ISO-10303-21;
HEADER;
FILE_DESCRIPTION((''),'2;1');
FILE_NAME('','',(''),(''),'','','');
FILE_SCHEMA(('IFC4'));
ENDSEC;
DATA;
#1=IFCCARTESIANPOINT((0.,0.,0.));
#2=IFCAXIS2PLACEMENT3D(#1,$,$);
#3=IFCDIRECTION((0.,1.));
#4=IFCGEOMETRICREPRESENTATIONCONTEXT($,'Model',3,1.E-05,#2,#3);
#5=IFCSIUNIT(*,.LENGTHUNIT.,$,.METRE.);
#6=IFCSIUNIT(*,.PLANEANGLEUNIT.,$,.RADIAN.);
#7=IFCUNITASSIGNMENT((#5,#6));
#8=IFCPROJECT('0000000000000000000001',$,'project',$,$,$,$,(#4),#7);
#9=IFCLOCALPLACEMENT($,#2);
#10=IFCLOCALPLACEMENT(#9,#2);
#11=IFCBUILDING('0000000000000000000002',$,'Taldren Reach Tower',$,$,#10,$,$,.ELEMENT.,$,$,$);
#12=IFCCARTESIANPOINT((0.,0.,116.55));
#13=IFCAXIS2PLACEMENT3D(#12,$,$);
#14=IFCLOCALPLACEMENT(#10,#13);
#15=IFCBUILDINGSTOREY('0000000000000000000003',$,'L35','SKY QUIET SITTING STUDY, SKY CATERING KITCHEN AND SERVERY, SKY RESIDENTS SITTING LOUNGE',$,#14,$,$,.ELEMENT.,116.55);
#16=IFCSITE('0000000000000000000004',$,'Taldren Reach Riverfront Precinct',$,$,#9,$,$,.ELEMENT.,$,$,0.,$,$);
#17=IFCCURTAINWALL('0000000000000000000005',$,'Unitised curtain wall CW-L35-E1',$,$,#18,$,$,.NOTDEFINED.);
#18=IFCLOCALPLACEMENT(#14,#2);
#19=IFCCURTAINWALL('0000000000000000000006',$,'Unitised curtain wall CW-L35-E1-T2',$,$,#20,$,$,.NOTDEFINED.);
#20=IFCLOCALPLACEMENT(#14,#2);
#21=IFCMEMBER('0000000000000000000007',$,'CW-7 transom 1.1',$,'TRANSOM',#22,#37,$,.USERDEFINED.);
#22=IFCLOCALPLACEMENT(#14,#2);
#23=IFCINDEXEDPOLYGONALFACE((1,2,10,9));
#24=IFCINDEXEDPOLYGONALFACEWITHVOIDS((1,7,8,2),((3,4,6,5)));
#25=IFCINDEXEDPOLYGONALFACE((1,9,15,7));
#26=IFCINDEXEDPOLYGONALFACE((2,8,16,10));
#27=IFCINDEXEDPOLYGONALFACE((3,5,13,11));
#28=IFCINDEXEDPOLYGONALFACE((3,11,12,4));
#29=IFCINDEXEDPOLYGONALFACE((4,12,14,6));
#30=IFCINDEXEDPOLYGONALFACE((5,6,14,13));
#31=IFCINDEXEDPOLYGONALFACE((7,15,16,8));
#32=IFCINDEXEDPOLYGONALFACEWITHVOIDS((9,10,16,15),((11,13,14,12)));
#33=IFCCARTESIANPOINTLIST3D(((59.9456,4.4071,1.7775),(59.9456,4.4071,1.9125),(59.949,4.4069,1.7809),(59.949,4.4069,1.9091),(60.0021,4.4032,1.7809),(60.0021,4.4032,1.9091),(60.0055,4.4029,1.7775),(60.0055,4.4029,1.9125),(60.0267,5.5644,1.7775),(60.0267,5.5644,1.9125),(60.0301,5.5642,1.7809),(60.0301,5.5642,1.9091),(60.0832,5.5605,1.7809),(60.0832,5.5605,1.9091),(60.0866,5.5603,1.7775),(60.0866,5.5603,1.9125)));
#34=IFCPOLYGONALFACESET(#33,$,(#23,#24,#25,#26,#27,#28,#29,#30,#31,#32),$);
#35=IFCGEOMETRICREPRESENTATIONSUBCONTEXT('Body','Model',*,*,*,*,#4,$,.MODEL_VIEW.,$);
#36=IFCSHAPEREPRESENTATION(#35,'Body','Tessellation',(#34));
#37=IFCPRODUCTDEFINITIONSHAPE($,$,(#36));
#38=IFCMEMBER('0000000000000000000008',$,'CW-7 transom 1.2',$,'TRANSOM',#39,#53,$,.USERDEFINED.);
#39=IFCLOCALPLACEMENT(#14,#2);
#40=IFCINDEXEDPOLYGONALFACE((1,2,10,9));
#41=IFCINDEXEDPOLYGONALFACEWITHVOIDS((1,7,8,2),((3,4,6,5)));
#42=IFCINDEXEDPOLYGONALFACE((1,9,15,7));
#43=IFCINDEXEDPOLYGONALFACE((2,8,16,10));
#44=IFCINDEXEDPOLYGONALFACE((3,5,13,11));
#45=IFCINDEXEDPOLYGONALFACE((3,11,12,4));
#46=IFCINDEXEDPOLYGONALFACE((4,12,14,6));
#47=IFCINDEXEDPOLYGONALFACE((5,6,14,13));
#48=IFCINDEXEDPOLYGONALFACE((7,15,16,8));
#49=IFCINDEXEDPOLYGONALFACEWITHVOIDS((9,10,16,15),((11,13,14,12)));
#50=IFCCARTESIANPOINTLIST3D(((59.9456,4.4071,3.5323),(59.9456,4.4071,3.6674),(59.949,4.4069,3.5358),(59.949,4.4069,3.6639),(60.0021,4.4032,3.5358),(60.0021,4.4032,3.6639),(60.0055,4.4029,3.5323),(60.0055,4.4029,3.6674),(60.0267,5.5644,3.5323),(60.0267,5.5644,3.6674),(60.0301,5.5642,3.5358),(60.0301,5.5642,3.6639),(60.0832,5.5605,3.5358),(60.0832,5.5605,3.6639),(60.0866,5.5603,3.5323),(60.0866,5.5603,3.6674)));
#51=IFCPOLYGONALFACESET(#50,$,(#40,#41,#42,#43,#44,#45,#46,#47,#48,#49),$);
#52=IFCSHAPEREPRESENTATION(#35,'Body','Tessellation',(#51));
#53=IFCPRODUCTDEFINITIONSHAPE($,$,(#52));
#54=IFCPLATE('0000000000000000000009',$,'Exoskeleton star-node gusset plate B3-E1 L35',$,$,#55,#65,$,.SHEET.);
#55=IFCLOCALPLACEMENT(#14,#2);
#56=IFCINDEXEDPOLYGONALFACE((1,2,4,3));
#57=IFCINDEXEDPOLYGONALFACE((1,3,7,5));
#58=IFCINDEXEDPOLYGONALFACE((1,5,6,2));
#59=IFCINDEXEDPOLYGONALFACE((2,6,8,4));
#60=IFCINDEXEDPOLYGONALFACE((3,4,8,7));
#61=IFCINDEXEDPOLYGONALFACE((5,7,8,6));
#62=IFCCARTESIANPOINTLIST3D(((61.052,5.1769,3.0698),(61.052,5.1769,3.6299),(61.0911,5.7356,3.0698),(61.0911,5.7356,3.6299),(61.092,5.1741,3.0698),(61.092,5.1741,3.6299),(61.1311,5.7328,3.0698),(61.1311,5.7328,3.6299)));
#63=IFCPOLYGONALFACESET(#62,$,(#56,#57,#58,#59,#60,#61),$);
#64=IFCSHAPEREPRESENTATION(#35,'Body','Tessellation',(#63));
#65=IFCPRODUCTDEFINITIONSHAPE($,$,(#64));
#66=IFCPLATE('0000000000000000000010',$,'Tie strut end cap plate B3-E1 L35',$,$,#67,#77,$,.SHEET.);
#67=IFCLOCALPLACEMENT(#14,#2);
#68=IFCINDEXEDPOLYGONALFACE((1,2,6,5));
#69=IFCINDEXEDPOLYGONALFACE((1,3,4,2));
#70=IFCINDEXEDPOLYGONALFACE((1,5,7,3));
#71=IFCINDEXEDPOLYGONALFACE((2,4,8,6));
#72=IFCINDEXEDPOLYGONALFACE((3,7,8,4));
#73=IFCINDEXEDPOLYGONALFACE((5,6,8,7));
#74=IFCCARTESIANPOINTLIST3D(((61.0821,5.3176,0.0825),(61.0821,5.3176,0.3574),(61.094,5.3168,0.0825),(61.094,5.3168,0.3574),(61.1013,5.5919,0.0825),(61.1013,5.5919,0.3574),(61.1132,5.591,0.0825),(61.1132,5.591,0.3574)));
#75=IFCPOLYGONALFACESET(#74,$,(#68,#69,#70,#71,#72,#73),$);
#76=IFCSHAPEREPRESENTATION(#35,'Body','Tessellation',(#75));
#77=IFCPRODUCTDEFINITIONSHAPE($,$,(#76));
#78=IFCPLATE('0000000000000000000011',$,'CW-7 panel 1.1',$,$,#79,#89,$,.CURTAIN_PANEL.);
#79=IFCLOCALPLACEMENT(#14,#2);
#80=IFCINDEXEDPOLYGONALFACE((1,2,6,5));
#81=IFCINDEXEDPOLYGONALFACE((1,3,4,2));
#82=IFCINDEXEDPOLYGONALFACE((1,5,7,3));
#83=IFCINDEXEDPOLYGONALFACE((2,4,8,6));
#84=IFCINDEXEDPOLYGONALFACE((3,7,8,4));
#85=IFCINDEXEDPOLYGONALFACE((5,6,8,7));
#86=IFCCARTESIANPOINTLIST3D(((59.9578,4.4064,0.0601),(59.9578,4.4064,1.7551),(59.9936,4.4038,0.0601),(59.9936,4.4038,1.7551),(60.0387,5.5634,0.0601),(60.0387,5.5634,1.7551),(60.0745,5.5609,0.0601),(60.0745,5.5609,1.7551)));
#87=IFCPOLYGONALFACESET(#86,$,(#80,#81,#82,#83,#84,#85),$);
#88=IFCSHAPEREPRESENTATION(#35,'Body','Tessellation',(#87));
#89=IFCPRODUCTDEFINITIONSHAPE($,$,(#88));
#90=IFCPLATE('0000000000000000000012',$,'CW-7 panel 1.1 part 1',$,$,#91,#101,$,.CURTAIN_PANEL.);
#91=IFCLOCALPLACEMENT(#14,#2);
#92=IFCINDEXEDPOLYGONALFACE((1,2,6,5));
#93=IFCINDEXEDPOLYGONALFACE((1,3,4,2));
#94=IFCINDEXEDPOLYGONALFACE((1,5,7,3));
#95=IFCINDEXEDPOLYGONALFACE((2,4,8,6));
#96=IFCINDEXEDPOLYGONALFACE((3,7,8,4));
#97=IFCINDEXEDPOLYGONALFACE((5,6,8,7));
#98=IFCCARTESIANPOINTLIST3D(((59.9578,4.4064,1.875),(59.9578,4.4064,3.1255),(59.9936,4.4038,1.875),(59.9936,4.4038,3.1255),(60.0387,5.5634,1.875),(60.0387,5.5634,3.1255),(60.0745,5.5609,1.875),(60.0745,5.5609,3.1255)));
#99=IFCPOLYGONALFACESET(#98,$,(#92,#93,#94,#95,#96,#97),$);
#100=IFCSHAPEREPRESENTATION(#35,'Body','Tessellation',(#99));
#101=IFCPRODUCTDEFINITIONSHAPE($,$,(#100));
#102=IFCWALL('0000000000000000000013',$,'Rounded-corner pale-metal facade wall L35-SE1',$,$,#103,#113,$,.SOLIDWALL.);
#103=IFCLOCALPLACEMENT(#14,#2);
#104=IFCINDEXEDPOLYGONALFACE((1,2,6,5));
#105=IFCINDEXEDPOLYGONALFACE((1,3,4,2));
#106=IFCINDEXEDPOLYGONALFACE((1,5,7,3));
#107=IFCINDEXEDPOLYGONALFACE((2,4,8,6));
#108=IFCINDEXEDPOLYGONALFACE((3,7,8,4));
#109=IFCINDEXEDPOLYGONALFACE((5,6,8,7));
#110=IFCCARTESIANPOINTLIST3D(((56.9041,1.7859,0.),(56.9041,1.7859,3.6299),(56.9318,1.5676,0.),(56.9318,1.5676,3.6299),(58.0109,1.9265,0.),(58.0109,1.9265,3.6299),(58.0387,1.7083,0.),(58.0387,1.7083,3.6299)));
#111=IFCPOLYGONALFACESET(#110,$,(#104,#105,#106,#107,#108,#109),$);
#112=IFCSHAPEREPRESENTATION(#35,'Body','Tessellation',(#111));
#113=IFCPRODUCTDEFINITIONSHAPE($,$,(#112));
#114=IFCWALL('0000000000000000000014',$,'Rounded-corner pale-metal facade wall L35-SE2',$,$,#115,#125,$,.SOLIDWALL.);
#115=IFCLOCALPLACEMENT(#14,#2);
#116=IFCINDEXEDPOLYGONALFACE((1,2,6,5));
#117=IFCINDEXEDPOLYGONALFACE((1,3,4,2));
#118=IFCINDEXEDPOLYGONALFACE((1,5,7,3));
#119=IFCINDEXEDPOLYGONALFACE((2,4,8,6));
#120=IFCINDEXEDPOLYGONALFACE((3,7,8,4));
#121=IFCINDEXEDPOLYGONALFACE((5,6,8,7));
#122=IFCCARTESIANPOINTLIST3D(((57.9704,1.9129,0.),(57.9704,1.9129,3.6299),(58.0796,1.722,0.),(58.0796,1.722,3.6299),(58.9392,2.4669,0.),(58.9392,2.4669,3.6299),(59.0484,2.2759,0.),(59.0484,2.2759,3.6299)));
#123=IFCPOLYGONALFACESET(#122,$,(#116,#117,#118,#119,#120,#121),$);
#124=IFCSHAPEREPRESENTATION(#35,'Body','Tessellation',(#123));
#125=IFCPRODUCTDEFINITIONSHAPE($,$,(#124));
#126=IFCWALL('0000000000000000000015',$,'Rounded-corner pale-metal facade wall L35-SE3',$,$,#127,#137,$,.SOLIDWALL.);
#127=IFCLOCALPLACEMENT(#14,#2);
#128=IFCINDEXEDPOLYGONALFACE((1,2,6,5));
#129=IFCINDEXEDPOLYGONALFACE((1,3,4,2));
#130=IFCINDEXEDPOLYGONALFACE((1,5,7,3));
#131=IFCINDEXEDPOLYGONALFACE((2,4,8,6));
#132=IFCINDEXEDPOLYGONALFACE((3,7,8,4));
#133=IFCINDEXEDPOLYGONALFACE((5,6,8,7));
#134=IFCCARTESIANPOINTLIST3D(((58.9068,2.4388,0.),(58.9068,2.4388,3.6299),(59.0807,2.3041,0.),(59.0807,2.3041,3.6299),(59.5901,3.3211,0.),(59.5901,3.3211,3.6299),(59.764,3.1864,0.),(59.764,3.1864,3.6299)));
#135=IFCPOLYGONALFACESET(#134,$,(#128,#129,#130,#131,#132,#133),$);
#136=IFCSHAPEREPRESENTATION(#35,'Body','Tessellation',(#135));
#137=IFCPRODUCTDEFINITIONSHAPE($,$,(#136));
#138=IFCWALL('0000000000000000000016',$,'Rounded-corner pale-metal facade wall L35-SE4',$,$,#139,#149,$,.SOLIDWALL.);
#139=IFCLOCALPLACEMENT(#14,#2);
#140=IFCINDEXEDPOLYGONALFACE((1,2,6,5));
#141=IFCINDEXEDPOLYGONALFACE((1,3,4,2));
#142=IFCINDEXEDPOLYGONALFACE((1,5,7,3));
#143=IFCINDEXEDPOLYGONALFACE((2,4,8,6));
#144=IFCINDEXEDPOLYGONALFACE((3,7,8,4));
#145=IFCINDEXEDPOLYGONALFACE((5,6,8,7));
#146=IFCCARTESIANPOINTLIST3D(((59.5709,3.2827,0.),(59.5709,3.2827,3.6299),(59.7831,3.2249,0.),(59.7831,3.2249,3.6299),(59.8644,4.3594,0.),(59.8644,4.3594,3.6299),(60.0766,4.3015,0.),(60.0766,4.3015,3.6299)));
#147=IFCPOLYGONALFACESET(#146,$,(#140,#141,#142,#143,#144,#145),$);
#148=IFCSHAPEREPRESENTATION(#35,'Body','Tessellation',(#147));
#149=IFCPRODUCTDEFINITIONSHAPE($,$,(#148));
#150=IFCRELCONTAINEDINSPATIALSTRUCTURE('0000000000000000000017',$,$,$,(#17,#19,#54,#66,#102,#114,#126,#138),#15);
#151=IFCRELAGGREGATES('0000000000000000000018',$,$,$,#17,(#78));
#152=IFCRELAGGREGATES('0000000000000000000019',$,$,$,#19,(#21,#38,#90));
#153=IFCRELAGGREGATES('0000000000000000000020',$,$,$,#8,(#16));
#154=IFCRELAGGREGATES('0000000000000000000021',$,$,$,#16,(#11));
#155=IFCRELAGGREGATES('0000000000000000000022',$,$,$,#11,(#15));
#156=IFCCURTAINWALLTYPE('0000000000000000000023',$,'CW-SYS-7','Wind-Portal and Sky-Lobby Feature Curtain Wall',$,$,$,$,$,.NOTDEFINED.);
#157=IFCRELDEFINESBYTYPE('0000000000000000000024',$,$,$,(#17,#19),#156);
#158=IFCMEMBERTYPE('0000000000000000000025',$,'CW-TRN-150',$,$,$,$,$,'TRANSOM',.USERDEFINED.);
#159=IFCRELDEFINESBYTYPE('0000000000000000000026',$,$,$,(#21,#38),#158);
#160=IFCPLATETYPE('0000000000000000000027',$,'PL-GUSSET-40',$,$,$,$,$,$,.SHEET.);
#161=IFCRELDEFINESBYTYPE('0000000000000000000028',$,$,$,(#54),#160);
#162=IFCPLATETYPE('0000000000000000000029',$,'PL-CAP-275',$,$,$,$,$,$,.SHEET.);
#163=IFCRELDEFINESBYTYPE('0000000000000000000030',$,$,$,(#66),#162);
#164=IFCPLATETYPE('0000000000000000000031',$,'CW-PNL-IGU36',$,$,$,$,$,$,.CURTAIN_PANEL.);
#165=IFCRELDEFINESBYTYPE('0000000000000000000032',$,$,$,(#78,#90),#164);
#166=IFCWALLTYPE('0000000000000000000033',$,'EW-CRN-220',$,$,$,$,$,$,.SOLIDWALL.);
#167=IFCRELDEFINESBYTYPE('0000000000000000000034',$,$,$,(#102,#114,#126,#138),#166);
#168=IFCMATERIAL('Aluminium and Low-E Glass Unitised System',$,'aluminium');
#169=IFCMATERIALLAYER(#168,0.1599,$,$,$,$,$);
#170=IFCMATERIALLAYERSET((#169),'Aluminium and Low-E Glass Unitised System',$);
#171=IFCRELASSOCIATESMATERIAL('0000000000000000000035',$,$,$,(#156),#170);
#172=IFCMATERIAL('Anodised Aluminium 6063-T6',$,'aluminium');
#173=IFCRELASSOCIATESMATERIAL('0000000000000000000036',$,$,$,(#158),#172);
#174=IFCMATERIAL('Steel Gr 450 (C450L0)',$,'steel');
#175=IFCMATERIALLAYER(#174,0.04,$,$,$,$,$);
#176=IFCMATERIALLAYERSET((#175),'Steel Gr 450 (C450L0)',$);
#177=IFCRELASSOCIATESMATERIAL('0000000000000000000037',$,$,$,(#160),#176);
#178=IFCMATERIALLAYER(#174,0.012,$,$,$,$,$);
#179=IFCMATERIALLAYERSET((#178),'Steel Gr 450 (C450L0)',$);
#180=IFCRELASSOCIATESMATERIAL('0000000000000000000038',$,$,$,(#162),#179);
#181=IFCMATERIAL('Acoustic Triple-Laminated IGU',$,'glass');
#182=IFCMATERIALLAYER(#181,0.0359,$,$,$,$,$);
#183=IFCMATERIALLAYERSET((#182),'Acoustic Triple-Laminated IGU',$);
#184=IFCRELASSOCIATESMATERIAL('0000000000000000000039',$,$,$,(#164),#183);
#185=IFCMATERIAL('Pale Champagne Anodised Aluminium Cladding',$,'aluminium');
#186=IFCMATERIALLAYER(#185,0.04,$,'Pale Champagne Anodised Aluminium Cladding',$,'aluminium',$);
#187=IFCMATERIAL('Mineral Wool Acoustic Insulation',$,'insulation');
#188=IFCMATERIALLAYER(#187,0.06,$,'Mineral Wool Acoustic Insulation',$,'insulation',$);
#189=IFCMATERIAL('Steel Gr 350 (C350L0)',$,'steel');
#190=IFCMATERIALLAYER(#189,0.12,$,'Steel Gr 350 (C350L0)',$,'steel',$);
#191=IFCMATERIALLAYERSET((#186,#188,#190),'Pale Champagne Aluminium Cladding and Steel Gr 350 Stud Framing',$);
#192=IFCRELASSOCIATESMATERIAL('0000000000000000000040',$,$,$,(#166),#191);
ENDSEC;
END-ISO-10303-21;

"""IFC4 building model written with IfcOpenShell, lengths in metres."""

from ifc_helpers import new_model, si_unit, direction, frame, frame_2d, origin, origin_2d, place, context, subcontext, project, spatial, rectangle, hollow_rectangle, extrude, source, transform, mapped, material, layer, layer_set, material_profile, profile_set, type_object, element, aggregate, save


model = new_model("IFC4")

# Units and contexts
model_context = context("Model", 3, precision=1e-05, world=origin(), true_north=direction((0.0, 1.0)))
body_context = subcontext(model_context, "Body", "Model", "MODEL_VIEW")
ifc_project = project(units=[si_unit("LENGTHUNIT", "METRE"), si_unit("PLANEANGLEUNIT", "RADIAN")], contexts=[model_context])

# Site, building, storey
site_placement = place(None, origin())
site = spatial("IfcSite", under=ifc_project, at=site_placement, Name="Taldren Reach Riverfront Precinct", CompositionType="ELEMENT", RefElevation=0.0)
building_placement = place(site_placement, origin())
building = spatial("IfcBuilding", under=site, at=building_placement, Name="Taldren Reach Tower", CompositionType="ELEMENT")
storey_placement = place(building_placement, frame((0.0, 0.0, 116.55)))
storey = spatial("IfcBuildingStorey", under=building, at=storey_placement, Name="L35", Description="SKY QUIET SITTING STUDY, SKY CATERING KITCHEN AND SERVERY, SKY RESIDENTS SITTING LOUNGE", CompositionType="ELEMENT", Elevation=116.55)

# Shared definitions
ifc_material_1 = material(Name="Steel Gr 450 (C450L0)", Category="steel")

# Shared definitions
ifc_material_2 = material(Name="Steel Gr 350 (C350L0)", Category="steel")

# Shared definitions
ifc_material_3 = material(Name="Aluminium and Low-E Glass Unitised System", Category="aluminium")
ifc_layer_1 = layer(ifc_material_3, 0.1599)
ifc_layer_set_1 = layer_set([ifc_layer_1], Name="Aluminium and Low-E Glass Unitised System")
curtain_wall_type = type_object("IfcCurtainWallType", Name="CW-SYS-7", Description="Wind-Portal and Sky-Lobby Feature Curtain Wall", PredefinedType="NOTDEFINED", material=ifc_layer_set_1)
ifc_material_4 = material(Name="Anodised Aluminium 6063-T6", Category="aluminium")

# Curtain walls
curtain_wall_1_placement = place(storey_placement, origin())
curtain_wall_1 = element("IfcCurtainWall", 1, at=curtain_wall_1_placement, inside=storey, type_object=curtain_wall_type, Name="Unitised curtain wall CW-L35-E1", PredefinedType="NOTDEFINED")
curtain_wall_2_placement = place(storey_placement, origin())
curtain_wall_2 = element("IfcCurtainWall", 2, at=curtain_wall_2_placement, inside=storey, type_object=curtain_wall_type, Name="Unitised curtain wall CW-L35-E1-T2", PredefinedType="NOTDEFINED")

# Members
ifc_material_profile_1 = material_profile(ifc_material_4, hollow_rectangle(XDim=0.0601, YDim=0.135, WallThickness=0.0034, at=origin_2d()), Name="ALU-135x60x3.5RHS")
ifc_profile_set_1 = profile_set([ifc_material_profile_1], Name="Anodised Aluminium 6063-T6")
member_type_1 = type_object("IfcMemberType", Name="CW-TRN-150", ElementType="TRANSOM", PredefinedType="USERDEFINED", material=ifc_profile_set_1)
shared_shape_1 = source(origin(), body_context, "Body", "SweptSolid", [
    extrude(hollow_rectangle(XDim=0.0601, YDim=0.135, WallThickness=0.0034, at=origin_2d()), origin(), (0.0, 0.0, 1.0), 1.1602),
])
member_1_placement = place(storey_placement, frame((59.9756, 4.405, 1.845), z_axis=(0.069871, 0.997556, 0.0), x_axis=(-0.997556, 0.069871, 0.0)))
member_1 = element("IfcMember", 3, at=member_1_placement, type_object=member_type_1, Name="CW-7 transom 1.1", ObjectType="TRANSOM", PredefinedType="USERDEFINED", context=body_context, shape_type="MappedRepresentation", body=[
    mapped(shared_shape_1, transform((0.0, 0.0, 0.0), scale=1.0)),
])
member_2_placement = place(storey_placement, frame((59.9756, 4.405, 3.5999), z_axis=(0.069871, 0.997556, 0.0), x_axis=(-0.997556, 0.069871, 0.0)))
member_2 = element("IfcMember", 4, at=member_2_placement, type_object=member_type_1, Name="CW-7 transom 1.2", ObjectType="TRANSOM", PredefinedType="USERDEFINED", context=body_context, shape_type="MappedRepresentation", body=[
    mapped(shared_shape_1, transform((0.0, 0.0, 0.0), scale=1.0)),
])

# Plates
ifc_layer_2 = layer(ifc_material_1, 0.04)
ifc_layer_set_2 = layer_set([ifc_layer_2], Name="Steel Gr 450 (C450L0)")
plate_type_1 = type_object("IfcPlateType", Name="PL-GUSSET-40", PredefinedType="SHEET", material=ifc_layer_set_2)
shared_shape_2 = source(origin(), body_context, "Body", "SweptSolid", [
    extrude(rectangle(XDim=0.5601, YDim=0.04, at=origin_2d()), origin(), (0.0, 0.0, 1.0), 0.5601),
])
plate_1_placement = place(storey_placement, frame((61.0916, 5.4548, 3.0698), z_axis=(0.0, 0.0, 1.0), x_axis=(0.069756, 0.997564, 0.0)))
element("IfcPlate", 5, at=plate_1_placement, inside=storey, type_object=plate_type_1, Name="Exoskeleton star-node gusset plate B3-E1 L35", PredefinedType="SHEET", context=body_context, shape_type="MappedRepresentation", body=[
    mapped(shared_shape_2, transform((0.0, 0.0, 0.0), scale=1.0)),
])
ifc_layer_3 = layer(ifc_material_1, 0.012)
ifc_layer_set_3 = layer_set([ifc_layer_3], Name="Steel Gr 450 (C450L0)")
plate_type_2 = type_object("IfcPlateType", Name="PL-CAP-275", PredefinedType="SHEET", material=ifc_layer_set_3)
shared_shape_3 = source(origin(), body_context, "Body", "SweptSolid", [
    extrude(rectangle(XDim=0.012, YDim=0.2749, at=origin_2d()), origin(), (0.0, 0.0, 1.0), 0.2749),
])
plate_2_placement = place(storey_placement, frame((61.0977, 5.4543, 0.0825), z_axis=(0.0, 0.0, 1.0), x_axis=(0.997564, -0.069756, 0.0)))
element("IfcPlate", 6, at=plate_2_placement, inside=storey, type_object=plate_type_2, Name="Tie strut end cap plate B3-E1 L35", PredefinedType="SHEET", context=body_context, shape_type="MappedRepresentation", body=[
    mapped(shared_shape_3, transform((0.0, 0.0, 0.0), scale=1.0)),
])

# Plates
ifc_material_5 = material(Name="Acoustic Triple-Laminated IGU", Category="glass")
ifc_layer_4 = layer(ifc_material_5, 0.0359)
ifc_layer_set_4 = layer_set([ifc_layer_4], Name="Acoustic Triple-Laminated IGU")
plate_type_3 = type_object("IfcPlateType", Name="CW-PNL-IGU36", PredefinedType="CURTAIN_PANEL", material=ifc_layer_set_4)
shared_shape_4 = source(origin(), body_context, "Body", "SweptSolid", [
    extrude(rectangle(XDim=1.1599, YDim=0.0359, at=origin_2d()), origin(), (0.0, 0.0, 1.0), 1.6951),
])
plate_3_placement = place(storey_placement, frame((60.0161, 4.9836, 0.0601), z_axis=(0.0, 0.0, 1.0), x_axis=(0.069756, 0.997564, 0.0)))
plate_3 = element("IfcPlate", 7, at=plate_3_placement, type_object=plate_type_3, Name="CW-7 panel 1.1", PredefinedType="CURTAIN_PANEL", context=body_context, shape_type="MappedRepresentation", body=[
    mapped(shared_shape_4, transform((0.0, 0.0, 0.0), scale=1.0)),
])
aggregate(curtain_wall_1, [plate_3])
shared_shape_5 = source(origin(), body_context, "Body", "SweptSolid", [
    extrude(rectangle(XDim=1.1599, YDim=0.0359, at=origin_2d()), origin(), (0.0, 0.0, 1.0), 1.2505),
])
plate_4_placement = place(storey_placement, frame((60.0161, 4.9836, 1.875), z_axis=(0.0, 0.0, 1.0), x_axis=(0.069756, 0.997564, 0.0)))
plate_4 = element("IfcPlate", 8, at=plate_4_placement, type_object=plate_type_3, Name="CW-7 panel 1.1 part 1", PredefinedType="CURTAIN_PANEL", context=body_context, shape_type="MappedRepresentation", body=[
    mapped(shared_shape_5, transform((0.0, 0.0, 0.0), scale=1.0)),
])
aggregate(curtain_wall_2, [member_1, member_2, plate_4])

# Walls
ifc_material_6 = material(Name="Pale Champagne Anodised Aluminium Cladding", Category="aluminium")
ifc_layer_5 = layer(ifc_material_6, 0.04, Name="Pale Champagne Anodised Aluminium Cladding", Category="aluminium")
ifc_material_7 = material(Name="Mineral Wool Acoustic Insulation", Category="insulation")
ifc_layer_6 = layer(ifc_material_7, 0.06, Name="Mineral Wool Acoustic Insulation", Category="insulation")
ifc_layer_7 = layer(ifc_material_2, 0.12, Name="Steel Gr 350 (C350L0)", Category="steel")
ifc_layer_set_5 = layer_set([ifc_layer_5, ifc_layer_6, ifc_layer_7], Name="Pale Champagne Aluminium Cladding and Steel Gr 350 Stud Framing")
wall_type = type_object("IfcWallType", Name="EW-CRN-220", PredefinedType="SOLIDWALL", material=ifc_layer_set_5)
shared_shape_6 = source(origin(), body_context, "Body", "SweptSolid", [
    extrude(rectangle(XDim=1.1157, YDim=0.22, at=frame_2d((0.5579, 0.0))), origin(), (0.0, 0.0, 1.0), 3.6299),
])
wall_1_placement = place(storey_placement, frame((56.918, 1.6768, 0.0), z_axis=(0.0, 0.0, 1.0), x_axis=(0.992027, 0.126027, 0.0)))
element("IfcWall", 9, at=wall_1_placement, inside=storey, type_object=wall_type, Name="Rounded-corner pale-metal facade wall L35-SE1", PredefinedType="SOLIDWALL", context=body_context, shape_type="MappedRepresentation", body=[
    mapped(shared_shape_6, transform((0.0, 0.0, 0.0), scale=1.0)),
])
shared_shape_7 = source(origin(), body_context, "Body", "SweptSolid", [
    extrude(rectangle(XDim=1.116, YDim=0.22, at=frame_2d((0.5581, 0.0))), origin(), (0.0, 0.0, 1.0), 3.6299),
])
for number, where, z_axis, x_axis, name in (
    (10, (58.0249, 1.8174, 0.0), (0.0, 0.0, 1.0), (0.868095, 0.496398, 0.0), "Rounded-corner pale-metal facade wall L35-SE2"),
    (11, (58.9937, 2.3713, 0.0), (0.0, 0.0, 1.0), (0.612319, 0.790611, 0.0), "Rounded-corner pale-metal facade wall L35-SE3"),
    (12, (59.677, 3.2537, 0.0), (0.0, 0.0, 1.0), (0.262969, 0.964804, 0.0), "Rounded-corner pale-metal facade wall L35-SE4"),
):
    element("IfcWall", number, at=place(storey_placement, frame(where, z_axis=z_axis, x_axis=x_axis)), inside=storey, type_object=wall_type, Name=name, PredefinedType="SOLIDWALL", context=body_context, shape_type="MappedRepresentation", body=[
        mapped(shared_shape_7, transform((0.0, 0.0, 0.0), scale=1.0)),
    ])

save(model, "model.ifc")
